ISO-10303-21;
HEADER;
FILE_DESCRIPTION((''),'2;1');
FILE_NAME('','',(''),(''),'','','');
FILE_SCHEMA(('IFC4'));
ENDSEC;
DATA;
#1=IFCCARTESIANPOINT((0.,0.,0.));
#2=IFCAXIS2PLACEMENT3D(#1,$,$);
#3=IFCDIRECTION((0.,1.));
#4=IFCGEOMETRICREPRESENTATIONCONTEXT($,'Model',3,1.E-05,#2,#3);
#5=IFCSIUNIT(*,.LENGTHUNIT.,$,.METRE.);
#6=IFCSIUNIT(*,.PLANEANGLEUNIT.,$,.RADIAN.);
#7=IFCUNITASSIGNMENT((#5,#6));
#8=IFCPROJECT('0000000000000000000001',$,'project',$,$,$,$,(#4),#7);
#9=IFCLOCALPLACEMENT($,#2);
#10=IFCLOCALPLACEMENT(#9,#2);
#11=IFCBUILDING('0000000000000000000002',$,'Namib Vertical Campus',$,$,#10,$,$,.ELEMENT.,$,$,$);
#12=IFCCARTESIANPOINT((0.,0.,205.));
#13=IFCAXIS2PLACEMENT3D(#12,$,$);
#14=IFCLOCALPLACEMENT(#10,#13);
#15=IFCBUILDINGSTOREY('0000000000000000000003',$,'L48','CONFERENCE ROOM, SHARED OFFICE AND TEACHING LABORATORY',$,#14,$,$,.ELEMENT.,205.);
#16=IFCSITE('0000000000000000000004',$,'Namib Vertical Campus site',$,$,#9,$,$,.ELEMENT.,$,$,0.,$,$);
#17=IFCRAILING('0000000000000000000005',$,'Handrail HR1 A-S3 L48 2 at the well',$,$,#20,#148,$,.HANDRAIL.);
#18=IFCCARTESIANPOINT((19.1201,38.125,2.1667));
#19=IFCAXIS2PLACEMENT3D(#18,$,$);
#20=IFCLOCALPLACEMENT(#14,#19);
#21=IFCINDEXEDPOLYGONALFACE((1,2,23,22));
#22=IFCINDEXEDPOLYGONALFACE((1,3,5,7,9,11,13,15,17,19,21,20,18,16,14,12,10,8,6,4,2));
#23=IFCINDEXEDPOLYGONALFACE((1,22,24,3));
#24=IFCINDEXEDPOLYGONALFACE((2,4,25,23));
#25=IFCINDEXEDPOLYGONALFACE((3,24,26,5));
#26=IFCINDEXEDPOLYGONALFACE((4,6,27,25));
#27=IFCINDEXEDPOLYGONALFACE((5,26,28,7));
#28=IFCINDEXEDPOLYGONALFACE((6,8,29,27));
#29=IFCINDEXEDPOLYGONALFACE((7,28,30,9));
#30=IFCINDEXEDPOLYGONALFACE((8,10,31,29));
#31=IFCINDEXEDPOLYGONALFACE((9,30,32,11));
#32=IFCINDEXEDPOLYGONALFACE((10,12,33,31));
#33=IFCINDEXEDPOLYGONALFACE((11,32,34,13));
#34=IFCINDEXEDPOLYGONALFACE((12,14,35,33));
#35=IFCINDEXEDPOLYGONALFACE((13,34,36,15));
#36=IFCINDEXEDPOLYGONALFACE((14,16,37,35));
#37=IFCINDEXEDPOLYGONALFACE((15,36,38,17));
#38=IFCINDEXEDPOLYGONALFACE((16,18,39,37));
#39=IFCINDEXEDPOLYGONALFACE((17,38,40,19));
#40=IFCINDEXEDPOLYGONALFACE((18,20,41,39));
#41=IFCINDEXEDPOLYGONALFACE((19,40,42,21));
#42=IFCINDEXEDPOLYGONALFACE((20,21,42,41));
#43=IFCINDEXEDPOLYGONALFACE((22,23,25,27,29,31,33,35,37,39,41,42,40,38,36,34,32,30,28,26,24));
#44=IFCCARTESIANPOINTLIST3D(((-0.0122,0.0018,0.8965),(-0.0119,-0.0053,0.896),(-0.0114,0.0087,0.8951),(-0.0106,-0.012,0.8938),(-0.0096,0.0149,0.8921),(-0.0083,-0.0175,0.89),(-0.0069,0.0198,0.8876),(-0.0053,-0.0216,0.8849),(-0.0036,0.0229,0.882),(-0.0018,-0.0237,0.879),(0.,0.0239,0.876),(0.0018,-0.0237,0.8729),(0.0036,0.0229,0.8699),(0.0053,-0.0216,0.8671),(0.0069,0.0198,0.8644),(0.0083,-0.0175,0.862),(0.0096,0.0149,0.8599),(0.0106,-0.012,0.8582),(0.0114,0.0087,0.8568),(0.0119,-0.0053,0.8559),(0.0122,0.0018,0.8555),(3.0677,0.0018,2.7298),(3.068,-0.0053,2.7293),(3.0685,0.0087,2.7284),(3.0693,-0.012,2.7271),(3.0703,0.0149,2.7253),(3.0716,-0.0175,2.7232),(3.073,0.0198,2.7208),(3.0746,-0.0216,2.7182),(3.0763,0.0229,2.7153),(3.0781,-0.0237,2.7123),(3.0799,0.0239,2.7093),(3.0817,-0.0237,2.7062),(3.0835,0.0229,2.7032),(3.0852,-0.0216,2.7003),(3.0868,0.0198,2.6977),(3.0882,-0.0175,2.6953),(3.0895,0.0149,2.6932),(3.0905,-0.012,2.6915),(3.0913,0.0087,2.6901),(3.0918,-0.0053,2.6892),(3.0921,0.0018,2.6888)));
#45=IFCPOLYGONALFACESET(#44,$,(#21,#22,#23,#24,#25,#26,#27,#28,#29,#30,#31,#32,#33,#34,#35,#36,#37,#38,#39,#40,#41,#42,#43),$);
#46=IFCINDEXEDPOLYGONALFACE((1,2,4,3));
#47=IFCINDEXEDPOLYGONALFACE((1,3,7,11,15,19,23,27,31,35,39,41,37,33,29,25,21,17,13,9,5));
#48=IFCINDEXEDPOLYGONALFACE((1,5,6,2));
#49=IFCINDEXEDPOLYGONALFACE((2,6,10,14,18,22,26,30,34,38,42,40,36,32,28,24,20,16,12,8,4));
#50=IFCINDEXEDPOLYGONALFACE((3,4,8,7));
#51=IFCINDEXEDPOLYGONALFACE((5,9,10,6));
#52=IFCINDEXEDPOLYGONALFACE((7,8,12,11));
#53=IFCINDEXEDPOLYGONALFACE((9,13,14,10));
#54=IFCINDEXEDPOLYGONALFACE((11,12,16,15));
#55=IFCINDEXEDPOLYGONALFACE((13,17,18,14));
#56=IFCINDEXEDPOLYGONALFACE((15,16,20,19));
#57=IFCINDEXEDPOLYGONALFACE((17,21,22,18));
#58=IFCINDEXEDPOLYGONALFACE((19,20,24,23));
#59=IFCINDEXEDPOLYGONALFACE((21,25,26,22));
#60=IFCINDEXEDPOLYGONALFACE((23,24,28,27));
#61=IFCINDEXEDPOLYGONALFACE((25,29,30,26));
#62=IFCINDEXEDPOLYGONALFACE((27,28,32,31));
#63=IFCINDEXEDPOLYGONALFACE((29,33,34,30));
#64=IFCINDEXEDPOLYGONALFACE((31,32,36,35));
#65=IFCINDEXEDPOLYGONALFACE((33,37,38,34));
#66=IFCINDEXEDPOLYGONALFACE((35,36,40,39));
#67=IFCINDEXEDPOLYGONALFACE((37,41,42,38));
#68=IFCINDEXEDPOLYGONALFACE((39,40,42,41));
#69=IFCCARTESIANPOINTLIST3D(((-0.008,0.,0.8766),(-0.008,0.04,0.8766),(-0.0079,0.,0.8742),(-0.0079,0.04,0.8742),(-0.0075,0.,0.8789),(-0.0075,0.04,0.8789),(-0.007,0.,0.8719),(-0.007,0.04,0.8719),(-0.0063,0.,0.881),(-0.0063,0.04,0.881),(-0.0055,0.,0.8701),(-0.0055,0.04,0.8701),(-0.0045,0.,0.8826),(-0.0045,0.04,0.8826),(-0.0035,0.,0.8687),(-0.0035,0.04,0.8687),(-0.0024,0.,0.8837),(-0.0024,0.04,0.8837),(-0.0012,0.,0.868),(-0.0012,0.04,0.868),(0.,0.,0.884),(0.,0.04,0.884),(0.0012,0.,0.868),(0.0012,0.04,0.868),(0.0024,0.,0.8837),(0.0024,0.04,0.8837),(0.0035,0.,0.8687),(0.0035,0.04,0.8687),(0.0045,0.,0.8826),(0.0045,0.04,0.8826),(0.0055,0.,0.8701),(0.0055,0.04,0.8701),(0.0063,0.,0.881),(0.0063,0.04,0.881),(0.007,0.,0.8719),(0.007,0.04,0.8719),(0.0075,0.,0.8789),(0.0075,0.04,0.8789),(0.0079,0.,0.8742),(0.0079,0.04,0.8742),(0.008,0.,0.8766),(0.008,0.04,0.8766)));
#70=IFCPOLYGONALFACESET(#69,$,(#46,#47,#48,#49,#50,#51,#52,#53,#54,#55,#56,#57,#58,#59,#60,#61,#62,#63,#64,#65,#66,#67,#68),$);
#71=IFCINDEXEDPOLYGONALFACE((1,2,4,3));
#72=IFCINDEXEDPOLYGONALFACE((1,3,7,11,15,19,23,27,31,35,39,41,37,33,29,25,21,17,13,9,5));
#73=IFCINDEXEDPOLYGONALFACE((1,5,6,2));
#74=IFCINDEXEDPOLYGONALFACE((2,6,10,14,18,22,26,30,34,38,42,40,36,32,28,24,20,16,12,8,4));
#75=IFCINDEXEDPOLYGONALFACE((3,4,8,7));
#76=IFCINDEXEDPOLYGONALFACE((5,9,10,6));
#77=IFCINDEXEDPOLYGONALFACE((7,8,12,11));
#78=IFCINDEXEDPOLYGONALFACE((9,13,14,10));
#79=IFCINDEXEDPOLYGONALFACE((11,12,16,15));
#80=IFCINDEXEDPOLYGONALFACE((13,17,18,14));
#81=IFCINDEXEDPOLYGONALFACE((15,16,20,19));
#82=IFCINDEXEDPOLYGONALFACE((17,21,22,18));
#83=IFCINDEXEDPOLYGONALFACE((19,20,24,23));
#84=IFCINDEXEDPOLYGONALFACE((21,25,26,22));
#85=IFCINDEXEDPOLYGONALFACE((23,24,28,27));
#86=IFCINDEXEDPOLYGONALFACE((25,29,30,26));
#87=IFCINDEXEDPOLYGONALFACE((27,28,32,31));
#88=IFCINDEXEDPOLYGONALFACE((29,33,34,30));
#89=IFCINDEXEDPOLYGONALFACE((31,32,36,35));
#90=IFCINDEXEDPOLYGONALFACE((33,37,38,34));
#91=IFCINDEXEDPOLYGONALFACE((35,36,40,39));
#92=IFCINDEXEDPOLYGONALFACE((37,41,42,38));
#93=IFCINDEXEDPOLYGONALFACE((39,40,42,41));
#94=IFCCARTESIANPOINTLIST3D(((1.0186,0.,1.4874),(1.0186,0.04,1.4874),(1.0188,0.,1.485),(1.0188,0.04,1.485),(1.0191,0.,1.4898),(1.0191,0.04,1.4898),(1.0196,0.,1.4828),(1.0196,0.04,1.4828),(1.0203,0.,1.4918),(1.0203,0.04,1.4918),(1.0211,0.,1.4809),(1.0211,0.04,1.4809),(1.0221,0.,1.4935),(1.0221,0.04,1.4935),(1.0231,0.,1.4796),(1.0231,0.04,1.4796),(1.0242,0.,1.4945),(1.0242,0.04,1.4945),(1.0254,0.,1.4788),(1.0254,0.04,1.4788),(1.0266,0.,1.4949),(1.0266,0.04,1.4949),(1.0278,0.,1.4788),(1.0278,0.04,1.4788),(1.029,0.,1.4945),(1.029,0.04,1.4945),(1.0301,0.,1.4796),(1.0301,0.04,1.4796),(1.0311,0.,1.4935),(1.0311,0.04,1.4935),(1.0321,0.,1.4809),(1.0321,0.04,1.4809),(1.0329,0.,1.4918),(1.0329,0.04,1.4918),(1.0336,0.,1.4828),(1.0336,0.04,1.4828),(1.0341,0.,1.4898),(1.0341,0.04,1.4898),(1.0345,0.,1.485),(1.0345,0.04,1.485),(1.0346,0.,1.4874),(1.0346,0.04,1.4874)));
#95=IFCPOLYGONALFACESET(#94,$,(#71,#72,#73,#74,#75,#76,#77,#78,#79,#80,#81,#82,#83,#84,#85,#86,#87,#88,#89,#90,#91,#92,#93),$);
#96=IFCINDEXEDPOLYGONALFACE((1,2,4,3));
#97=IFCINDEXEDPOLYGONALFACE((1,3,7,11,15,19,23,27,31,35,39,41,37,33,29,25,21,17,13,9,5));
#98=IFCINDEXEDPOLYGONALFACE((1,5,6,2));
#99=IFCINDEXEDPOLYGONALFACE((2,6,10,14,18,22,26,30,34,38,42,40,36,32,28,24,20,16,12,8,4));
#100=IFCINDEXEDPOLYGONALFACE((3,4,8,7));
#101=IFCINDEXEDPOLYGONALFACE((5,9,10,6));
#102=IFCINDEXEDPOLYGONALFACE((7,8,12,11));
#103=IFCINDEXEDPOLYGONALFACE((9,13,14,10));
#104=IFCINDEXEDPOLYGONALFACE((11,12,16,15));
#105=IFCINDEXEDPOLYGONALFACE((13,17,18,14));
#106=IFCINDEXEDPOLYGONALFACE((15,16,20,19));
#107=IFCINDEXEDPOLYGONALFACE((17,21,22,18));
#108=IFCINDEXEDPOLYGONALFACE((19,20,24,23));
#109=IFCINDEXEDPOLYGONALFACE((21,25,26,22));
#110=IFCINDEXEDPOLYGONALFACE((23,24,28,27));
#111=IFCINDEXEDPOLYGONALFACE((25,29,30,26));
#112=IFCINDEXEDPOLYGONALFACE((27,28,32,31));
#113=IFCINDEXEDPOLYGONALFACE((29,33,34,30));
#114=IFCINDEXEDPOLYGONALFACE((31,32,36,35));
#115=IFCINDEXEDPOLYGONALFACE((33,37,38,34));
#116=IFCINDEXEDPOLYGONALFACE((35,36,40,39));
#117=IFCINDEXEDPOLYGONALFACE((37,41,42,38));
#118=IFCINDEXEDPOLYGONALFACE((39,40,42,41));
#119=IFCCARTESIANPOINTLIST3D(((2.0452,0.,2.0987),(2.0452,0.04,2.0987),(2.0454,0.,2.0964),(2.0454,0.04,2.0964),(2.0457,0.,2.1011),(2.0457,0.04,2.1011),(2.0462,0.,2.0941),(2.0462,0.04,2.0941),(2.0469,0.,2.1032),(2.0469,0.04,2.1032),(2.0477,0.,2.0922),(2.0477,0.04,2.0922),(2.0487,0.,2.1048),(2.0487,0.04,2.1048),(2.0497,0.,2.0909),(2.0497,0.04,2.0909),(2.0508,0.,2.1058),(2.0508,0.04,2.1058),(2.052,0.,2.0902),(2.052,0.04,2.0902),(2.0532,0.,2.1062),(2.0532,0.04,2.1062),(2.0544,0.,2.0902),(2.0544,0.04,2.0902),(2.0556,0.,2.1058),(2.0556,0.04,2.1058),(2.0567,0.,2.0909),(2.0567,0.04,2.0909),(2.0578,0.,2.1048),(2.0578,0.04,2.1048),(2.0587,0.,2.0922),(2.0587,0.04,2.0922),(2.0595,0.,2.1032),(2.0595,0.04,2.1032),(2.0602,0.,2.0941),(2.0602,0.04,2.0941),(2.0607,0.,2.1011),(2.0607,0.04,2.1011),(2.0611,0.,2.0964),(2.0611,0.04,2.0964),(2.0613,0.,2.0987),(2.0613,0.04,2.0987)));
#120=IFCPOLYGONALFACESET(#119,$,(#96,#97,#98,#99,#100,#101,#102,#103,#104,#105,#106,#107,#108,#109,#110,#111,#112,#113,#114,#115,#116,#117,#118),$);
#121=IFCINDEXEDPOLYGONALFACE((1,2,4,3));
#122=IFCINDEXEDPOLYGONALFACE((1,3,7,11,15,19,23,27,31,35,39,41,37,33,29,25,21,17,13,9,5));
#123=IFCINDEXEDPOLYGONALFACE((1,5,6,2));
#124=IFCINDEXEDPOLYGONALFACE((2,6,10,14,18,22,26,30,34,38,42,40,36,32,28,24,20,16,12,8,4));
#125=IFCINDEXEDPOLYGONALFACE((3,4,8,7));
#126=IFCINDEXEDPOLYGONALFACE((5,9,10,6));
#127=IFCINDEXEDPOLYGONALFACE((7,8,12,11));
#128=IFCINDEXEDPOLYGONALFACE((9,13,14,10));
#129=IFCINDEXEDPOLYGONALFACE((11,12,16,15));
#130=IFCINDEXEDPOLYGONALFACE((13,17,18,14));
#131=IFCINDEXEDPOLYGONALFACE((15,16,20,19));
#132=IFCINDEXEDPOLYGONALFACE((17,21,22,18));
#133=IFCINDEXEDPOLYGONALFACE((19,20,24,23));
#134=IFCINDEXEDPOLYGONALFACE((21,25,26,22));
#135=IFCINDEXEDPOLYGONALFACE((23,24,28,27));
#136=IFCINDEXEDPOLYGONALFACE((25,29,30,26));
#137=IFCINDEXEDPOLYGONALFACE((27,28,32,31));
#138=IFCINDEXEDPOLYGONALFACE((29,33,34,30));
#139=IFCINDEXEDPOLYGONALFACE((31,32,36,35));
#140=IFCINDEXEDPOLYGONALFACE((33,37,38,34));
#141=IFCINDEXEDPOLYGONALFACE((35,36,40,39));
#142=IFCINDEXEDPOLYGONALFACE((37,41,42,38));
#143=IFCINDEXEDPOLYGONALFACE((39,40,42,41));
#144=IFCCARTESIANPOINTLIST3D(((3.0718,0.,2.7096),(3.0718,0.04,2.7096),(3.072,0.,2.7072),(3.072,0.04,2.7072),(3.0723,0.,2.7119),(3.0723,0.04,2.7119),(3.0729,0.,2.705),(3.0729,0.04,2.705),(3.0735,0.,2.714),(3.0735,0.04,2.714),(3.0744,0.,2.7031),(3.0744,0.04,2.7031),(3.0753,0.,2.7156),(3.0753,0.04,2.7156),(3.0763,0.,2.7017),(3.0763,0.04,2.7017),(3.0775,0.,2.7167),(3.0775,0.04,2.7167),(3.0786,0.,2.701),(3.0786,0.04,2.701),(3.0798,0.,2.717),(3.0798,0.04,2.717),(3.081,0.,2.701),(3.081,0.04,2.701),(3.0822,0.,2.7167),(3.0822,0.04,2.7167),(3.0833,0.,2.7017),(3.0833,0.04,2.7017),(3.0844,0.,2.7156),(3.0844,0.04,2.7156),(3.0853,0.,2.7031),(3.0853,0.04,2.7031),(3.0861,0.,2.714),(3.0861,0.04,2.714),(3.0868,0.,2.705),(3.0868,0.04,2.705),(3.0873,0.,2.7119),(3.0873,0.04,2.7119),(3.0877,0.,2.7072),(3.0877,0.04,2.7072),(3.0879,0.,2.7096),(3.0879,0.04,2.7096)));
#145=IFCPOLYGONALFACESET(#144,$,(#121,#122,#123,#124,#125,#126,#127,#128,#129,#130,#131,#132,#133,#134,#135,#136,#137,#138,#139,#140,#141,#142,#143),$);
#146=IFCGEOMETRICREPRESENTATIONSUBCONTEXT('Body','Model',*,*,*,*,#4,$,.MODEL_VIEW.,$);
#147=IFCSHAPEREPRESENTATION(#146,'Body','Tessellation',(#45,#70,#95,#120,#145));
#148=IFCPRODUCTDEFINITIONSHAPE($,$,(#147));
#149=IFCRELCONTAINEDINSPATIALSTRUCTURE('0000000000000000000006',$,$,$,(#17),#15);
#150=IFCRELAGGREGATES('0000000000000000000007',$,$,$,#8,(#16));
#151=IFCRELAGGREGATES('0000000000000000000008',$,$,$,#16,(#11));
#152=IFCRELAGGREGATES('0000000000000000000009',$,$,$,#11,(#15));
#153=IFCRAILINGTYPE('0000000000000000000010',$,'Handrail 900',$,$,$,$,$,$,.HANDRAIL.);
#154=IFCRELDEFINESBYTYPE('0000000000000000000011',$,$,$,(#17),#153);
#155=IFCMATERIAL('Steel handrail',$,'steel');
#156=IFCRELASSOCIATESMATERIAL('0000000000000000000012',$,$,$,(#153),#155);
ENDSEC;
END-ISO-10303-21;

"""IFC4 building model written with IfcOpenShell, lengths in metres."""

from ifc_helpers import new_model, si_unit, direction, frame, origin, origin_2d, place, context, subcontext, project, spatial, circle, extrude, material, type_object, element, save


model = new_model("IFC4")

# Units and contexts
model_context = context("Model", 3, precision=1e-05, world=origin(), true_north=direction((0.0, 1.0)))
body_context = subcontext(model_context, "Body", "Model", "MODEL_VIEW")
ifc_project = project(units=[si_unit("LENGTHUNIT", "METRE"), si_unit("PLANEANGLEUNIT", "RADIAN")], contexts=[model_context])

# Site, building, storey
site_placement = place(None, origin())
site = spatial("IfcSite", under=ifc_project, at=site_placement, Name="Namib Vertical Campus site", CompositionType="ELEMENT", RefElevation=0.0)
building_placement = place(site_placement, origin())
building = spatial("IfcBuilding", under=site, at=building_placement, Name="Namib Vertical Campus", CompositionType="ELEMENT")
storey_placement = place(building_placement, frame((0.0, 0.0, 205.0)))
storey = spatial("IfcBuildingStorey", under=building, at=storey_placement, Name="L48", Description="CONFERENCE ROOM, SHARED OFFICE AND TEACHING LABORATORY", CompositionType="ELEMENT", Elevation=205.0)

# Railing
ifc_material_1 = material(Name="Steel handrail", Category="steel")
railing_type_1 = type_object("IfcRailingType", Name="Handrail 900", PredefinedType="HANDRAIL", material=ifc_material_1)
railing_1_placement = place(storey_placement, frame((19.1201, 38.125, 2.1667)))
element("IfcRailing", 1, at=railing_1_placement, inside=storey, type_object=railing_type_1, Name="Handrail HR1 A-S3 L48 2 at the well", PredefinedType="HANDRAIL", context=body_context, shape_type="SweptSolid", body=[
    extrude(circle(Radius=0.0239, at=origin_2d()), frame((0.0, 0.0, 0.876), z_axis=(0.859291, 0.0, 0.511487), x_axis=(0.0, 1.0, 0.0)), (0.0, 0.0, 1.0), 3.5842),
    extrude(circle(Radius=0.0081, at=origin_2d()), frame((0.0, 0.0, 0.876), z_axis=(0.0, 1.0, 0.0), x_axis=(0.0, 0.0, 1.0)), (0.0, 0.0, 1.0), 0.04),
    extrude(circle(Radius=0.0081, at=origin_2d()), frame((1.0266, 0.0, 1.4868), z_axis=(0.0, 1.0, 0.0), x_axis=(0.0, 0.0, 1.0)), (0.0, 0.0, 1.0), 0.04),
    extrude(circle(Radius=0.0081, at=origin_2d()), frame((2.0532, 0.0, 2.0981), z_axis=(0.0, 1.0, 0.0), x_axis=(0.0, 0.0, 1.0)), (0.0, 0.0, 1.0), 0.04),
    extrude(circle(Radius=0.0081, at=origin_2d()), frame((3.0798, 0.0, 2.709), z_axis=(0.0, 1.0, 0.0), x_axis=(0.0, 0.0, 1.0)), (0.0, 0.0, 1.0), 0.04),
])

save(model, "model.ifc")
